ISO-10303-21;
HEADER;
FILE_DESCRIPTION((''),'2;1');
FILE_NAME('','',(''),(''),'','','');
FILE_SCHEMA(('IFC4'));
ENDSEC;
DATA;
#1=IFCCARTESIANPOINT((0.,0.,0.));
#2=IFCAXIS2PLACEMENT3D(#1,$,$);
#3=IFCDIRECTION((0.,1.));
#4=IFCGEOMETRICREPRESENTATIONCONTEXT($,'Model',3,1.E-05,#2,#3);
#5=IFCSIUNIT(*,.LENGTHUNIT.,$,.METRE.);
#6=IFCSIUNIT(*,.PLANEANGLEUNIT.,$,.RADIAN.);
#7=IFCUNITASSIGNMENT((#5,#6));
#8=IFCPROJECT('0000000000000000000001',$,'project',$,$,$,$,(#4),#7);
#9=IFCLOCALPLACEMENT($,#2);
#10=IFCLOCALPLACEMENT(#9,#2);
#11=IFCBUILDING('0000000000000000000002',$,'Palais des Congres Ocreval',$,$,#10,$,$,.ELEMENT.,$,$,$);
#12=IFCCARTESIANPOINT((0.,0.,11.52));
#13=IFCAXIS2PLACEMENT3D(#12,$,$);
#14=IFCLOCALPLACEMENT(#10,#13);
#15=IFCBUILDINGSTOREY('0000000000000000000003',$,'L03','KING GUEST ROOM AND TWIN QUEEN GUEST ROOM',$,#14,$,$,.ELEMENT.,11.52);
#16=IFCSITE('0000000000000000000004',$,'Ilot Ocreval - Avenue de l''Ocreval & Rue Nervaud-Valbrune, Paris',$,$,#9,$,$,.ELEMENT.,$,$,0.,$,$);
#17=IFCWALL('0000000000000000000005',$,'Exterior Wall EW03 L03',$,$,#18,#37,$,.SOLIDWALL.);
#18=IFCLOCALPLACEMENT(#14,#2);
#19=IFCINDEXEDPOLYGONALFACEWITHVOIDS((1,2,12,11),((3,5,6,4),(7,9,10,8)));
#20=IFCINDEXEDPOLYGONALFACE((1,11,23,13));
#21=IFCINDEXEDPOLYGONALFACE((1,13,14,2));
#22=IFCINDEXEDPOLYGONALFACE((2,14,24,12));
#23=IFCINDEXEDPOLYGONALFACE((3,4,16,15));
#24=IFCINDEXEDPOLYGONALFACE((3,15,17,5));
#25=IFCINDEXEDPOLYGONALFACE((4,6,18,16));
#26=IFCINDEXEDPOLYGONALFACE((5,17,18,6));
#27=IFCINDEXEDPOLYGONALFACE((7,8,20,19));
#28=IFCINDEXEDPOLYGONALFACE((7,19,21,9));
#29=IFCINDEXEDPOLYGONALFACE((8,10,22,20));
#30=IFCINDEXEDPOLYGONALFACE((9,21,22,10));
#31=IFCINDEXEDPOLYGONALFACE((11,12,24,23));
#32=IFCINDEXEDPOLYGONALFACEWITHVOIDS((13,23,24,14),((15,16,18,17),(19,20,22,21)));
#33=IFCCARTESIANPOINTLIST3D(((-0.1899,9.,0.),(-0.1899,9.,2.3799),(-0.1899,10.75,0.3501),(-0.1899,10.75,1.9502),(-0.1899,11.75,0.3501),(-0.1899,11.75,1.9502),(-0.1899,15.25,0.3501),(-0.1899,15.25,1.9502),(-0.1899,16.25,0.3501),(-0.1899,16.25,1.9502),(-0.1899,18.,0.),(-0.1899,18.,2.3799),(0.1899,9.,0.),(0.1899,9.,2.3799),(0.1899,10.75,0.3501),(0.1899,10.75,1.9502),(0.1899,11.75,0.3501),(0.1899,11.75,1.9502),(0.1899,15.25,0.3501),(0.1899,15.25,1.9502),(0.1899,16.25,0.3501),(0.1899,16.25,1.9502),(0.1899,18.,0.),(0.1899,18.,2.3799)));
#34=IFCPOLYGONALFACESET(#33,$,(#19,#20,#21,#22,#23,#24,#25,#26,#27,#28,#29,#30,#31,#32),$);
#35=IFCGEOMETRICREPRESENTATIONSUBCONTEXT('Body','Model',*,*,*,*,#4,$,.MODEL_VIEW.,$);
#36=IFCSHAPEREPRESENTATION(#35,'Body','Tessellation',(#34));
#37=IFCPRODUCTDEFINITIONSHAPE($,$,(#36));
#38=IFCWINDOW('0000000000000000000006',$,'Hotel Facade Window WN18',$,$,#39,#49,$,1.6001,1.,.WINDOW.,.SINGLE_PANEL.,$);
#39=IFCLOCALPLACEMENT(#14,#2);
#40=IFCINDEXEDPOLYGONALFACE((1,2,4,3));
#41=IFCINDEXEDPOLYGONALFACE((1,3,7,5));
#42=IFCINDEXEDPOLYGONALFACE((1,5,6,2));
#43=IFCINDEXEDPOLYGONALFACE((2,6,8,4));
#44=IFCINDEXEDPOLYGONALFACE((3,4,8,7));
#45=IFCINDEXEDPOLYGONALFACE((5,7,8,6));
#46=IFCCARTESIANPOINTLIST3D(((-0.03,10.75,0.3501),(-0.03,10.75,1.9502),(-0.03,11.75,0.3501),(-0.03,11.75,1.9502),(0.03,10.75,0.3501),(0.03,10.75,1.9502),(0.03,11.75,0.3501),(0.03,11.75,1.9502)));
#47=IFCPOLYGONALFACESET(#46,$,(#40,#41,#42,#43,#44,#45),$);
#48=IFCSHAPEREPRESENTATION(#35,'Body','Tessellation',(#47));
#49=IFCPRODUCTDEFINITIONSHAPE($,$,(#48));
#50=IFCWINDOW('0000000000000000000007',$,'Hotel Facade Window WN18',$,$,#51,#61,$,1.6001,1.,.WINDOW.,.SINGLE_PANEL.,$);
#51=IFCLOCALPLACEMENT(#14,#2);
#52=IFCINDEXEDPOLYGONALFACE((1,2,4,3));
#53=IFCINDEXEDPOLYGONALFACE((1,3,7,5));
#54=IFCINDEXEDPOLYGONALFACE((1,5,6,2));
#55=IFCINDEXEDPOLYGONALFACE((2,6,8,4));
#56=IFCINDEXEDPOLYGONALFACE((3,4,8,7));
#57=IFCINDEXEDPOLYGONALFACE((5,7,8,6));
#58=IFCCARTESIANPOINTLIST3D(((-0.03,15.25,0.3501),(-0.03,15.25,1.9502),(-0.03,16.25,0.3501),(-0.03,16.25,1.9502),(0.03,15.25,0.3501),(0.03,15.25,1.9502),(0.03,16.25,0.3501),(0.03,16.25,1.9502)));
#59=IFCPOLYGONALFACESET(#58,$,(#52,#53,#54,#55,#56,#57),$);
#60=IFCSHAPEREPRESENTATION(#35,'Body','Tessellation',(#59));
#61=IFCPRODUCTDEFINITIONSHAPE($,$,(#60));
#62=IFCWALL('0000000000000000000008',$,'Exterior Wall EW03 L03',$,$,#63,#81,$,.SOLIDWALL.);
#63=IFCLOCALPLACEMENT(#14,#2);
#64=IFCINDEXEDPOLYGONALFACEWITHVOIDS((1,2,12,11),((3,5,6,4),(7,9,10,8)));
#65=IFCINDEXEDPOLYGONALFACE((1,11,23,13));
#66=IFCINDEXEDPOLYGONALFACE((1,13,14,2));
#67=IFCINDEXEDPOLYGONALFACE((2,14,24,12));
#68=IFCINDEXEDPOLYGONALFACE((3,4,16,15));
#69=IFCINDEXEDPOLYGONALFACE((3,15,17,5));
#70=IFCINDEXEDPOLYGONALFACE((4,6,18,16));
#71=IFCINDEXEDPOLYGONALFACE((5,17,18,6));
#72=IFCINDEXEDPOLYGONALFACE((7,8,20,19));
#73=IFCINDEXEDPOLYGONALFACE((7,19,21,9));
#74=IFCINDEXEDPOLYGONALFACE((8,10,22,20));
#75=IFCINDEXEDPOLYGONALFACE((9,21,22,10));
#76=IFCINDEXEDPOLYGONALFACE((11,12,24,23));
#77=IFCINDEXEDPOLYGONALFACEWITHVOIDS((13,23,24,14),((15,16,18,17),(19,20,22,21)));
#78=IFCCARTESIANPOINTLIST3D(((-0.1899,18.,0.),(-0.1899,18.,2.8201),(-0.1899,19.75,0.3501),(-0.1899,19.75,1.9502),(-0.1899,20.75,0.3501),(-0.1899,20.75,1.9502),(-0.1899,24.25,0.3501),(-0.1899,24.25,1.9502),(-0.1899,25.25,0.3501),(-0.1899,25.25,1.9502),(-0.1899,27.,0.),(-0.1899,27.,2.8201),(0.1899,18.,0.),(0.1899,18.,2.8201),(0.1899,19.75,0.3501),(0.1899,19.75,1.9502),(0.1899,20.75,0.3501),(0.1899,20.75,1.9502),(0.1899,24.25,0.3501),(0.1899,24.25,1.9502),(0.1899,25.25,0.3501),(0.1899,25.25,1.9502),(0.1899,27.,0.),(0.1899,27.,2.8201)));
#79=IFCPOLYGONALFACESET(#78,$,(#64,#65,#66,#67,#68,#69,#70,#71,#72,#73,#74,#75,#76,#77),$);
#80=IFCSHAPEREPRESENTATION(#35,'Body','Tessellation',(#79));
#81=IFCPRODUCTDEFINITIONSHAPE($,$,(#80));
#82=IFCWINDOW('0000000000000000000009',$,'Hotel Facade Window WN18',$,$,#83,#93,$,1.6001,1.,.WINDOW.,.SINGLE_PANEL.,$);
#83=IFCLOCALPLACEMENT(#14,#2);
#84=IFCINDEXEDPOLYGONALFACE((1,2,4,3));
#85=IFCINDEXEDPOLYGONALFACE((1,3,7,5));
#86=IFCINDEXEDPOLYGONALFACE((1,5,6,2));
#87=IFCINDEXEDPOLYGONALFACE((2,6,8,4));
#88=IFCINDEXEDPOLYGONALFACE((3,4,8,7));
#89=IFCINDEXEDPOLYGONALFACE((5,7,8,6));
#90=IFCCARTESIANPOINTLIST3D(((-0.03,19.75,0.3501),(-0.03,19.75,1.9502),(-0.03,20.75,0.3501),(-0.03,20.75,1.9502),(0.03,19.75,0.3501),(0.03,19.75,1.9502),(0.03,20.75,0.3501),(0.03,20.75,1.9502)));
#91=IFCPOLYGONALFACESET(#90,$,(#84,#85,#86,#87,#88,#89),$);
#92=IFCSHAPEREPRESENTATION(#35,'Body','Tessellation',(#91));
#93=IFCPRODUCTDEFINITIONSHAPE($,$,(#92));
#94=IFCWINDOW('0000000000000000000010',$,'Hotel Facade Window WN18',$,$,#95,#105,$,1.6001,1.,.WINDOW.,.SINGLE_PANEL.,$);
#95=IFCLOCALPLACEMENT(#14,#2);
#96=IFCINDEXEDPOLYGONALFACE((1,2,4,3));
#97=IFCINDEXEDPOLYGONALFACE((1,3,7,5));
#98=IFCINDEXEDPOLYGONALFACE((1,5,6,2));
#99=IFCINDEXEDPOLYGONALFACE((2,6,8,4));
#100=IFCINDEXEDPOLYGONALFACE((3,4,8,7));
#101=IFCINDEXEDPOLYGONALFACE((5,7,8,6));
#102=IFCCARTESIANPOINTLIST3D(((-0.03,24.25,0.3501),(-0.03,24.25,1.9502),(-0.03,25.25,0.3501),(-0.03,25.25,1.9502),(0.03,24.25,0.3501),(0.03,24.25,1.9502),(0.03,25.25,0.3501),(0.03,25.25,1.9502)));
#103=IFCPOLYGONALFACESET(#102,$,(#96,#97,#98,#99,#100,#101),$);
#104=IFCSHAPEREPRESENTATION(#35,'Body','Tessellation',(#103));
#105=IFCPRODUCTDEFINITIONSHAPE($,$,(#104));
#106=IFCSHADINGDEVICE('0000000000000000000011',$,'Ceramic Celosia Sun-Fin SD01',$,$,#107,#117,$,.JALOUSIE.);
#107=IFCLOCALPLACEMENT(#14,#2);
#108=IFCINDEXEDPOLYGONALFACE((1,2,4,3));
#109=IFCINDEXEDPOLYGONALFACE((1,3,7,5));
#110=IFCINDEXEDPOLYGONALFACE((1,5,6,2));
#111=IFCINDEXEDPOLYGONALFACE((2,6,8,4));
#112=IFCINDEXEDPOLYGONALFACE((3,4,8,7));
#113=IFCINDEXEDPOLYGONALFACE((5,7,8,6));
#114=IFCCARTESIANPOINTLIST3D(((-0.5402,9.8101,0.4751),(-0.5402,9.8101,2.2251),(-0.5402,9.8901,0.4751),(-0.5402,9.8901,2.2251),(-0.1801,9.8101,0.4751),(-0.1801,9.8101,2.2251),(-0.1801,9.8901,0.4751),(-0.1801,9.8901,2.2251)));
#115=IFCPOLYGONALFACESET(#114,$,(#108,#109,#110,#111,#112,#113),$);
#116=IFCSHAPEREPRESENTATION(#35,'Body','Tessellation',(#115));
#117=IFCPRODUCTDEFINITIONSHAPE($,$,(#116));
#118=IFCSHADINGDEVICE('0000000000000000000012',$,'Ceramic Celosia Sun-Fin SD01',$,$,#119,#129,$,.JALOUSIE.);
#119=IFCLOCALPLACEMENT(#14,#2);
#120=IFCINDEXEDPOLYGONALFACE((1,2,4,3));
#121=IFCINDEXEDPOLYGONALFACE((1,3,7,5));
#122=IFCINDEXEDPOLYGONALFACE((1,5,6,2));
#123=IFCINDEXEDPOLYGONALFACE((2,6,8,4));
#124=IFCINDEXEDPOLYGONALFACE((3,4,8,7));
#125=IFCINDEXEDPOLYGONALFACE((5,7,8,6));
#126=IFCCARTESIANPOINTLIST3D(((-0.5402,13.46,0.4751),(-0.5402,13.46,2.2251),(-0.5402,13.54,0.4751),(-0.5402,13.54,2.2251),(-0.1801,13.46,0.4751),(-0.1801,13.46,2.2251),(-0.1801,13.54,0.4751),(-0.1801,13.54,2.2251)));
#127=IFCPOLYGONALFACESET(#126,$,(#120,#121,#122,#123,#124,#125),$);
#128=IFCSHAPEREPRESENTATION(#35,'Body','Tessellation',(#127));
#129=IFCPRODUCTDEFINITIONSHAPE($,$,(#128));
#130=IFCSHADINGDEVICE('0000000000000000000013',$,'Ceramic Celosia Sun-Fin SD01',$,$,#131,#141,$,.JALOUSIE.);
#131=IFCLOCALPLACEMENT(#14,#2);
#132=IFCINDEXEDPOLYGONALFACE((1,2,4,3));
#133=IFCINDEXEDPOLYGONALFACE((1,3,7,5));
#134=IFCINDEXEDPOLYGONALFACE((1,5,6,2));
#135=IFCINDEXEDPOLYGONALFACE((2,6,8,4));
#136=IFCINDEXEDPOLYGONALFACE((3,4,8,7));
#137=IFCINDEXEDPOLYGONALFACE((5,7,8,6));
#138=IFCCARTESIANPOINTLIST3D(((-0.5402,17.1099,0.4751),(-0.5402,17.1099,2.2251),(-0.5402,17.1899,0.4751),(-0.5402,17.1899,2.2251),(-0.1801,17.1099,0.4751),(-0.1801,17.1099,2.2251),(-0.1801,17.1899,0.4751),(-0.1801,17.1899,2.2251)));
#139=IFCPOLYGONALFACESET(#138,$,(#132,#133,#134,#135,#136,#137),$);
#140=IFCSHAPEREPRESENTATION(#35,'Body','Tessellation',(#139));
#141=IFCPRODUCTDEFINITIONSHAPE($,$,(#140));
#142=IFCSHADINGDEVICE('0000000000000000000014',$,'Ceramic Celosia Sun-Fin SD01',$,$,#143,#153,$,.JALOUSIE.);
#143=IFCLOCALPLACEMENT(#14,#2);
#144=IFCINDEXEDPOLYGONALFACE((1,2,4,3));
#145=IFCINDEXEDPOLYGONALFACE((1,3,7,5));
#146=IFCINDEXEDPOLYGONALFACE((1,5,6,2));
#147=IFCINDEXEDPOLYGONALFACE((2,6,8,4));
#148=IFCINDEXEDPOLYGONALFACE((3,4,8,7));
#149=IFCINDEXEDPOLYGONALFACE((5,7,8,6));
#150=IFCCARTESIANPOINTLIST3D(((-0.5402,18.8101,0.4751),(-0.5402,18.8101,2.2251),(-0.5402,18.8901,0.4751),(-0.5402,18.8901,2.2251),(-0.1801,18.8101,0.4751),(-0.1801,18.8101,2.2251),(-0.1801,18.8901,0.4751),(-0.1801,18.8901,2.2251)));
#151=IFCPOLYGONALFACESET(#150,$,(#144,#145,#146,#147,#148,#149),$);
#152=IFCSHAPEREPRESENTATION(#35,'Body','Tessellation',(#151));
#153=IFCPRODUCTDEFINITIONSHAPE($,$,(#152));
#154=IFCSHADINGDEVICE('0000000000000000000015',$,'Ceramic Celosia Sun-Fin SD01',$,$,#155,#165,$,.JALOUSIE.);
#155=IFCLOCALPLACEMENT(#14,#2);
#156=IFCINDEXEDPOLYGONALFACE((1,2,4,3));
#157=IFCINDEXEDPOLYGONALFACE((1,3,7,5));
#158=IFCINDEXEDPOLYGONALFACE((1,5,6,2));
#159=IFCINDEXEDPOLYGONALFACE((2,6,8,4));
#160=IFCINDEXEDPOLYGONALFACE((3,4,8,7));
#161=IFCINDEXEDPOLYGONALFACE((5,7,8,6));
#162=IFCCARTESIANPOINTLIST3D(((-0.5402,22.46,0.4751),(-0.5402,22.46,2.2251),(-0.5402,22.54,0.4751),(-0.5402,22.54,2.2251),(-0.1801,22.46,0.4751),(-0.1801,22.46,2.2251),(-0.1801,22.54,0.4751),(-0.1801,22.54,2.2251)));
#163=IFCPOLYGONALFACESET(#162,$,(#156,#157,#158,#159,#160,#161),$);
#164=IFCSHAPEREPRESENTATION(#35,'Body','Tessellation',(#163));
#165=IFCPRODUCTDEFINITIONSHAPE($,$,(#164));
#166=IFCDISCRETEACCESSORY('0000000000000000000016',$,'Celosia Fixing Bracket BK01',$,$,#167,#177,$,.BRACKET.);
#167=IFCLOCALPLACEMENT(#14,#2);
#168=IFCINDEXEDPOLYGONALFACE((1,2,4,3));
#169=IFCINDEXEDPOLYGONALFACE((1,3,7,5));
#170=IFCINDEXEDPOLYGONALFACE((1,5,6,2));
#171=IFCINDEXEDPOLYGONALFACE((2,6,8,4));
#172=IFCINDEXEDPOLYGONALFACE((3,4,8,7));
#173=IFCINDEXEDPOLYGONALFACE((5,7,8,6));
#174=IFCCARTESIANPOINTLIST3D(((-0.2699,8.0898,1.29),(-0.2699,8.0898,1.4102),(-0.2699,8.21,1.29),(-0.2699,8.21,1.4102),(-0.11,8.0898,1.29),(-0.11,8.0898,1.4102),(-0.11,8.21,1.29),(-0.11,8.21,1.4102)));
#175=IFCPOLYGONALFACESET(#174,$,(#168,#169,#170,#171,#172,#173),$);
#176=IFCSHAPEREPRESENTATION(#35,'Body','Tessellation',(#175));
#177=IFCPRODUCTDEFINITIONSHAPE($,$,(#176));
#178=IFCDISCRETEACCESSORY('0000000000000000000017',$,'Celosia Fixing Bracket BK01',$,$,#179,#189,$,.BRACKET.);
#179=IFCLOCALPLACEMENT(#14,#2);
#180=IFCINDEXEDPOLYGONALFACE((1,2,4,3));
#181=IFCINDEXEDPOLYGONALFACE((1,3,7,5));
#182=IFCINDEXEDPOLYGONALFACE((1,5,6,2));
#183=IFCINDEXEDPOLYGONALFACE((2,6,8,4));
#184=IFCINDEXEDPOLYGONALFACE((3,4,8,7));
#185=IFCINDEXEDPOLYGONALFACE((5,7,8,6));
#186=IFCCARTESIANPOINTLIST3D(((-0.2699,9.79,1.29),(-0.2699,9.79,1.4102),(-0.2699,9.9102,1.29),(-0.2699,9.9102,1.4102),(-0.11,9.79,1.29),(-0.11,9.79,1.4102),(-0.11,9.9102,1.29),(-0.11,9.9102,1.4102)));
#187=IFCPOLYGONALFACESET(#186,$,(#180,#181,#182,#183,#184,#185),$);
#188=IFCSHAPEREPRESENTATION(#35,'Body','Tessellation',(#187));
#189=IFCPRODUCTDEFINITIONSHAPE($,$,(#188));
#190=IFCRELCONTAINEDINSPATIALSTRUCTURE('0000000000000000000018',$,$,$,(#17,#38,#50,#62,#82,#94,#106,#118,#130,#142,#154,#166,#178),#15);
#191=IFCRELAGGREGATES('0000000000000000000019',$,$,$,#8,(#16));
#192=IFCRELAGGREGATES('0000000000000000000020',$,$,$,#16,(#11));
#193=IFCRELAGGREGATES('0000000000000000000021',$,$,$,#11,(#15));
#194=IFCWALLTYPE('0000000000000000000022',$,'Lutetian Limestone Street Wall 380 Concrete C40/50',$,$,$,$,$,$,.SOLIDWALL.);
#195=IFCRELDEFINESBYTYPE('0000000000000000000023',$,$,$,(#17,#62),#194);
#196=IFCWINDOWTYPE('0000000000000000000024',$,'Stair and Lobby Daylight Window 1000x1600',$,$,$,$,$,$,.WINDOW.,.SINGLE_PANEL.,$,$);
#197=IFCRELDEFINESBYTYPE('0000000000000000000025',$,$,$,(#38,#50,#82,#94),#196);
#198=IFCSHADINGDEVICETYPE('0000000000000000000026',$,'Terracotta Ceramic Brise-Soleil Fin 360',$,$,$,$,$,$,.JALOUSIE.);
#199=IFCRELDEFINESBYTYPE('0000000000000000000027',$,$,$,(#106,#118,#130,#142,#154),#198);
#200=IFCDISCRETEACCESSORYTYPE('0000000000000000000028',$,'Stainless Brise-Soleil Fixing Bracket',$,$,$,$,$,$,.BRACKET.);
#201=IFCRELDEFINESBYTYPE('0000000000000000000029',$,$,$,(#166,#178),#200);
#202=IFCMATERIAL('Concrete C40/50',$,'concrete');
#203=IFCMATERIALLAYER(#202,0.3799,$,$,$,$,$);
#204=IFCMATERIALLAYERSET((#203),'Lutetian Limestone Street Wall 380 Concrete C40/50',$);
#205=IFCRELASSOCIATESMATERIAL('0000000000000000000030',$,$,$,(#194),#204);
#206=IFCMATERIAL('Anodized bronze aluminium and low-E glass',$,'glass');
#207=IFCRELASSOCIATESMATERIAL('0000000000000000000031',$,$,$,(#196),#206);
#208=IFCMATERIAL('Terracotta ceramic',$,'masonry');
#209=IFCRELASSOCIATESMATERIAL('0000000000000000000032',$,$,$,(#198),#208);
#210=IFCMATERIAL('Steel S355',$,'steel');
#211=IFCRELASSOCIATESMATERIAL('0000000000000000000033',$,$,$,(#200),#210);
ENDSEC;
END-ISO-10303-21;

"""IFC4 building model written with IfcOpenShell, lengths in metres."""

from ifc_helpers import new_model, si_unit, direction, frame, frame_2d, origin, origin_2d, place, context, subcontext, project, spatial, rectangle, extrude, material, layer, layer_set, type_object, element, fill, save


model = new_model("IFC4")

# Units and contexts
model_context = context("Model", 3, precision=1e-05, world=origin(), true_north=direction((0.0, 1.0)))
body_context = subcontext(model_context, "Body", "Model", "MODEL_VIEW")
ifc_project = project(units=[si_unit("LENGTHUNIT", "METRE"), si_unit("PLANEANGLEUNIT", "RADIAN")], contexts=[model_context])

# Site, building, storey
site_placement = place(None, origin())
site = spatial("IfcSite", under=ifc_project, at=site_placement, Name="Ilot Ocreval - Avenue de l'Ocreval & Rue Nervaud-Valbrune, Paris", CompositionType="ELEMENT", RefElevation=0.0)
building_placement = place(site_placement, origin())
building = spatial("IfcBuilding", under=site, at=building_placement, Name="Palais des Congres Ocreval", CompositionType="ELEMENT")
storey_placement = place(building_placement, frame((0.0, 0.0, 11.52)))
storey = spatial("IfcBuildingStorey", under=building, at=storey_placement, Name="L03", Description="KING GUEST ROOM AND TWIN QUEEN GUEST ROOM", CompositionType="ELEMENT", Elevation=11.52)

# Shared definitions
ifc_material_1 = material(Name="Steel S355", Category="steel")
ifc_material_2 = material(Name="Concrete C40/50", Category="concrete")

# Walls, openings, windows
ifc_layer_1 = layer(ifc_material_2, 0.3799)
ifc_layer_set_1 = layer_set([ifc_layer_1], Name="Lutetian Limestone Street Wall 380 Concrete C40/50")
wall_type_1 = type_object("IfcWallType", Name="Lutetian Limestone Street Wall 380 Concrete C40/50", PredefinedType="SOLIDWALL", material=ifc_layer_set_1)
wall_1_placement = place(storey_placement, frame((0.0, 9.0, 0.0), z_axis=(0.0, 0.0, 1.0), x_axis=(0.0, 1.0, 0.0)))
wall_1 = element("IfcWall", 1, at=wall_1_placement, inside=storey, type_object=wall_type_1, Name="Exterior Wall EW03 L03", PredefinedType="SOLIDWALL", context=body_context, shape_type="SweptSolid", body=[
    extrude(rectangle(XDim=9.0, YDim=0.3799, at=frame_2d((4.5, 0.0))), origin(), (0.0, 0.0, 1.0), 2.3799),
])
opening_1_placement = place(wall_1_placement, frame((1.75, 0.0, 0.3501)))
opening_1 = element("IfcOpeningElement", 2, at=opening_1_placement, cuts=wall_1, PredefinedType="OPENING", context=body_context, shape_type="SweptSolid", body=[
    extrude(rectangle(XDim=1.0, YDim=1.6001, at=frame_2d((0.5, 0.8))), frame((0.0, 0.2, 0.0), z_axis=(0.0, -1.0, 0.0), x_axis=(1.0, 0.0, 0.0)), (0.0, 0.0, 1.0), 0.3999),
])
opening_2_placement = place(wall_1_placement, frame((6.25, 0.0, 0.3501)))
opening_2 = element("IfcOpeningElement", 3, at=opening_2_placement, cuts=wall_1, PredefinedType="OPENING", context=body_context, shape_type="SweptSolid", body=[
    extrude(rectangle(XDim=1.0, YDim=1.6001, at=frame_2d((0.5, 0.8))), frame((0.0, 0.2, 0.0), z_axis=(0.0, -1.0, 0.0), x_axis=(1.0, 0.0, 0.0)), (0.0, 0.0, 1.0), 0.3999),
])
ifc_material_3 = material(Name="Anodized bronze aluminium and low-E glass", Category="glass")
window_type = type_object("IfcWindowType", Name="Stair and Lobby Daylight Window 1000x1600", PartitioningType="SINGLE_PANEL", PredefinedType="WINDOW", material=ifc_material_3)
window_1_placement = place(opening_1_placement, origin())
window_1 = element("IfcWindow", 4, at=window_1_placement, inside=storey, type_object=window_type, Name="Hotel Facade Window WN18", OverallHeight=1.6001, OverallWidth=1.0, PartitioningType="SINGLE_PANEL", PredefinedType="WINDOW", context=body_context, shape_type="SweptSolid", body=[
    extrude(rectangle(XDim=1.0, YDim=1.6001, at=frame_2d((0.5, 0.8))), frame((0.0, 0.03, 0.0), z_axis=(0.0, -1.0, 0.0), x_axis=(1.0, 0.0, 0.0)), (0.0, 0.0, 1.0), 0.0601),
])
fill(opening_1, window_1)
window_2_placement = place(opening_2_placement, origin())
window_2 = element("IfcWindow", 5, at=window_2_placement, inside=storey, type_object=window_type, Name="Hotel Facade Window WN18", OverallHeight=1.6001, OverallWidth=1.0, PartitioningType="SINGLE_PANEL", PredefinedType="WINDOW", context=body_context, shape_type="SweptSolid", body=[
    extrude(rectangle(XDim=1.0, YDim=1.6001, at=frame_2d((0.5, 0.8))), frame((0.0, 0.03, 0.0), z_axis=(0.0, -1.0, 0.0), x_axis=(1.0, 0.0, 0.0)), (0.0, 0.0, 1.0), 0.0601),
])
fill(opening_2, window_2)
wall_2_placement = place(storey_placement, frame((0.0, 18.0, 0.0), z_axis=(0.0, 0.0, 1.0), x_axis=(0.0, 1.0, 0.0)))
wall_2 = element("IfcWall", 6, at=wall_2_placement, inside=storey, type_object=wall_type_1, Name="Exterior Wall EW03 L03", PredefinedType="SOLIDWALL", context=body_context, shape_type="SweptSolid", body=[
    extrude(rectangle(XDim=9.0, YDim=0.3799, at=frame_2d((4.5, 0.0))), origin(), (0.0, 0.0, 1.0), 2.8201),
])
opening_3_placement = place(wall_2_placement, frame((1.75, 0.0, 0.3501)))
opening_3 = element("IfcOpeningElement", 7, at=opening_3_placement, cuts=wall_2, PredefinedType="OPENING", context=body_context, shape_type="SweptSolid", body=[
    extrude(rectangle(XDim=1.0, YDim=1.6001, at=frame_2d((0.5, 0.8))), frame((0.0, 0.2, 0.0), z_axis=(0.0, -1.0, 0.0), x_axis=(1.0, 0.0, 0.0)), (0.0, 0.0, 1.0), 0.3999),
])
opening_4_placement = place(wall_2_placement, frame((6.25, 0.0, 0.3501)))
opening_4 = element("IfcOpeningElement", 8, at=opening_4_placement, cuts=wall_2, PredefinedType="OPENING", context=body_context, shape_type="SweptSolid", body=[
    extrude(rectangle(XDim=1.0, YDim=1.6001, at=frame_2d((0.5, 0.8))), frame((0.0, 0.2, 0.0), z_axis=(0.0, -1.0, 0.0), x_axis=(1.0, 0.0, 0.0)), (0.0, 0.0, 1.0), 0.3999),
])
window_3_placement = place(opening_3_placement, origin())
window_3 = element("IfcWindow", 9, at=window_3_placement, inside=storey, type_object=window_type, Name="Hotel Facade Window WN18", OverallHeight=1.6001, OverallWidth=1.0, PartitioningType="SINGLE_PANEL", PredefinedType="WINDOW", context=body_context, shape_type="SweptSolid", body=[
    extrude(rectangle(XDim=1.0, YDim=1.6001, at=frame_2d((0.5, 0.8))), frame((0.0, 0.03, 0.0), z_axis=(0.0, -1.0, 0.0), x_axis=(1.0, 0.0, 0.0)), (0.0, 0.0, 1.0), 0.0601),
])
fill(opening_3, window_3)
window_4_placement = place(opening_4_placement, origin())
window_4 = element("IfcWindow", 10, at=window_4_placement, inside=storey, type_object=window_type, Name="Hotel Facade Window WN18", OverallHeight=1.6001, OverallWidth=1.0, PartitioningType="SINGLE_PANEL", PredefinedType="WINDOW", context=body_context, shape_type="SweptSolid", body=[
    extrude(rectangle(XDim=1.0, YDim=1.6001, at=frame_2d((0.5, 0.8))), frame((0.0, 0.03, 0.0), z_axis=(0.0, -1.0, 0.0), x_axis=(1.0, 0.0, 0.0)), (0.0, 0.0, 1.0), 0.0601),
])
fill(opening_4, window_4)

# Shading devices
ifc_material_4 = material(Name="Terracotta ceramic", Category="masonry")
shading_device_type = type_object("IfcShadingDeviceType", Name="Terracotta Ceramic Brise-Soleil Fin 360", PredefinedType="JALOUSIE", material=ifc_material_4)
for number, where, z_axis, x_axis, name in (
    (11, (-0.3601, 9.8501, 0.4751), (0.0, 0.0, 1.0), (-1.0, 0.0, 0.0), "Ceramic Celosia Sun-Fin SD01"),
    (12, (-0.3601, 13.5, 0.4751), (0.0, 0.0, 1.0), (-1.0, 0.0, 0.0), "Ceramic Celosia Sun-Fin SD01"),
    (13, (-0.3601, 17.1499, 0.4751), (0.0, 0.0, 1.0), (-1.0, 0.0, 0.0), "Ceramic Celosia Sun-Fin SD01"),
    (14, (-0.3601, 18.8501, 0.4751), (0.0, 0.0, 1.0), (-1.0, 0.0, 0.0), "Ceramic Celosia Sun-Fin SD01"),
    (15, (-0.3601, 22.5, 0.4751), (0.0, 0.0, 1.0), (-1.0, 0.0, 0.0), "Ceramic Celosia Sun-Fin SD01"),
):
    element("IfcShadingDevice", number, at=place(storey_placement, frame(where, z_axis=z_axis, x_axis=x_axis)), inside=storey, type_object=shading_device_type, Name=name, PredefinedType="JALOUSIE", context=body_context, shape_type="SweptSolid", body=[
        extrude(rectangle(XDim=0.3601, YDim=0.0801, at=origin_2d()), origin(), (0.0, 0.0, 1.0), 1.75),
    ])

# Discrete accessories
discrete_accessory_type = type_object("IfcDiscreteAccessoryType", Name="Stainless Brise-Soleil Fixing Bracket", PredefinedType="BRACKET", material=ifc_material_1)
for number, where, z_axis, x_axis, name in (
    (16, (-0.1899, 8.1499, 1.29), (0.0, 0.0, 1.0), (-1.0, 0.0, 0.0), "Celosia Fixing Bracket BK01"),
    (17, (-0.1899, 9.8501, 1.29), (0.0, 0.0, 1.0), (-1.0, 0.0, 0.0), "Celosia Fixing Bracket BK01"),
):
    element("IfcDiscreteAccessory", number, at=place(storey_placement, frame(where, z_axis=z_axis, x_axis=x_axis)), inside=storey, type_object=discrete_accessory_type, Name=name, PredefinedType="BRACKET", context=body_context, shape_type="SweptSolid", body=[
        extrude(rectangle(XDim=0.1599, YDim=0.1201, at=origin_2d()), origin(), (0.0, 0.0, 1.0), 0.1201),
    ])

save(model, "model.ifc")
